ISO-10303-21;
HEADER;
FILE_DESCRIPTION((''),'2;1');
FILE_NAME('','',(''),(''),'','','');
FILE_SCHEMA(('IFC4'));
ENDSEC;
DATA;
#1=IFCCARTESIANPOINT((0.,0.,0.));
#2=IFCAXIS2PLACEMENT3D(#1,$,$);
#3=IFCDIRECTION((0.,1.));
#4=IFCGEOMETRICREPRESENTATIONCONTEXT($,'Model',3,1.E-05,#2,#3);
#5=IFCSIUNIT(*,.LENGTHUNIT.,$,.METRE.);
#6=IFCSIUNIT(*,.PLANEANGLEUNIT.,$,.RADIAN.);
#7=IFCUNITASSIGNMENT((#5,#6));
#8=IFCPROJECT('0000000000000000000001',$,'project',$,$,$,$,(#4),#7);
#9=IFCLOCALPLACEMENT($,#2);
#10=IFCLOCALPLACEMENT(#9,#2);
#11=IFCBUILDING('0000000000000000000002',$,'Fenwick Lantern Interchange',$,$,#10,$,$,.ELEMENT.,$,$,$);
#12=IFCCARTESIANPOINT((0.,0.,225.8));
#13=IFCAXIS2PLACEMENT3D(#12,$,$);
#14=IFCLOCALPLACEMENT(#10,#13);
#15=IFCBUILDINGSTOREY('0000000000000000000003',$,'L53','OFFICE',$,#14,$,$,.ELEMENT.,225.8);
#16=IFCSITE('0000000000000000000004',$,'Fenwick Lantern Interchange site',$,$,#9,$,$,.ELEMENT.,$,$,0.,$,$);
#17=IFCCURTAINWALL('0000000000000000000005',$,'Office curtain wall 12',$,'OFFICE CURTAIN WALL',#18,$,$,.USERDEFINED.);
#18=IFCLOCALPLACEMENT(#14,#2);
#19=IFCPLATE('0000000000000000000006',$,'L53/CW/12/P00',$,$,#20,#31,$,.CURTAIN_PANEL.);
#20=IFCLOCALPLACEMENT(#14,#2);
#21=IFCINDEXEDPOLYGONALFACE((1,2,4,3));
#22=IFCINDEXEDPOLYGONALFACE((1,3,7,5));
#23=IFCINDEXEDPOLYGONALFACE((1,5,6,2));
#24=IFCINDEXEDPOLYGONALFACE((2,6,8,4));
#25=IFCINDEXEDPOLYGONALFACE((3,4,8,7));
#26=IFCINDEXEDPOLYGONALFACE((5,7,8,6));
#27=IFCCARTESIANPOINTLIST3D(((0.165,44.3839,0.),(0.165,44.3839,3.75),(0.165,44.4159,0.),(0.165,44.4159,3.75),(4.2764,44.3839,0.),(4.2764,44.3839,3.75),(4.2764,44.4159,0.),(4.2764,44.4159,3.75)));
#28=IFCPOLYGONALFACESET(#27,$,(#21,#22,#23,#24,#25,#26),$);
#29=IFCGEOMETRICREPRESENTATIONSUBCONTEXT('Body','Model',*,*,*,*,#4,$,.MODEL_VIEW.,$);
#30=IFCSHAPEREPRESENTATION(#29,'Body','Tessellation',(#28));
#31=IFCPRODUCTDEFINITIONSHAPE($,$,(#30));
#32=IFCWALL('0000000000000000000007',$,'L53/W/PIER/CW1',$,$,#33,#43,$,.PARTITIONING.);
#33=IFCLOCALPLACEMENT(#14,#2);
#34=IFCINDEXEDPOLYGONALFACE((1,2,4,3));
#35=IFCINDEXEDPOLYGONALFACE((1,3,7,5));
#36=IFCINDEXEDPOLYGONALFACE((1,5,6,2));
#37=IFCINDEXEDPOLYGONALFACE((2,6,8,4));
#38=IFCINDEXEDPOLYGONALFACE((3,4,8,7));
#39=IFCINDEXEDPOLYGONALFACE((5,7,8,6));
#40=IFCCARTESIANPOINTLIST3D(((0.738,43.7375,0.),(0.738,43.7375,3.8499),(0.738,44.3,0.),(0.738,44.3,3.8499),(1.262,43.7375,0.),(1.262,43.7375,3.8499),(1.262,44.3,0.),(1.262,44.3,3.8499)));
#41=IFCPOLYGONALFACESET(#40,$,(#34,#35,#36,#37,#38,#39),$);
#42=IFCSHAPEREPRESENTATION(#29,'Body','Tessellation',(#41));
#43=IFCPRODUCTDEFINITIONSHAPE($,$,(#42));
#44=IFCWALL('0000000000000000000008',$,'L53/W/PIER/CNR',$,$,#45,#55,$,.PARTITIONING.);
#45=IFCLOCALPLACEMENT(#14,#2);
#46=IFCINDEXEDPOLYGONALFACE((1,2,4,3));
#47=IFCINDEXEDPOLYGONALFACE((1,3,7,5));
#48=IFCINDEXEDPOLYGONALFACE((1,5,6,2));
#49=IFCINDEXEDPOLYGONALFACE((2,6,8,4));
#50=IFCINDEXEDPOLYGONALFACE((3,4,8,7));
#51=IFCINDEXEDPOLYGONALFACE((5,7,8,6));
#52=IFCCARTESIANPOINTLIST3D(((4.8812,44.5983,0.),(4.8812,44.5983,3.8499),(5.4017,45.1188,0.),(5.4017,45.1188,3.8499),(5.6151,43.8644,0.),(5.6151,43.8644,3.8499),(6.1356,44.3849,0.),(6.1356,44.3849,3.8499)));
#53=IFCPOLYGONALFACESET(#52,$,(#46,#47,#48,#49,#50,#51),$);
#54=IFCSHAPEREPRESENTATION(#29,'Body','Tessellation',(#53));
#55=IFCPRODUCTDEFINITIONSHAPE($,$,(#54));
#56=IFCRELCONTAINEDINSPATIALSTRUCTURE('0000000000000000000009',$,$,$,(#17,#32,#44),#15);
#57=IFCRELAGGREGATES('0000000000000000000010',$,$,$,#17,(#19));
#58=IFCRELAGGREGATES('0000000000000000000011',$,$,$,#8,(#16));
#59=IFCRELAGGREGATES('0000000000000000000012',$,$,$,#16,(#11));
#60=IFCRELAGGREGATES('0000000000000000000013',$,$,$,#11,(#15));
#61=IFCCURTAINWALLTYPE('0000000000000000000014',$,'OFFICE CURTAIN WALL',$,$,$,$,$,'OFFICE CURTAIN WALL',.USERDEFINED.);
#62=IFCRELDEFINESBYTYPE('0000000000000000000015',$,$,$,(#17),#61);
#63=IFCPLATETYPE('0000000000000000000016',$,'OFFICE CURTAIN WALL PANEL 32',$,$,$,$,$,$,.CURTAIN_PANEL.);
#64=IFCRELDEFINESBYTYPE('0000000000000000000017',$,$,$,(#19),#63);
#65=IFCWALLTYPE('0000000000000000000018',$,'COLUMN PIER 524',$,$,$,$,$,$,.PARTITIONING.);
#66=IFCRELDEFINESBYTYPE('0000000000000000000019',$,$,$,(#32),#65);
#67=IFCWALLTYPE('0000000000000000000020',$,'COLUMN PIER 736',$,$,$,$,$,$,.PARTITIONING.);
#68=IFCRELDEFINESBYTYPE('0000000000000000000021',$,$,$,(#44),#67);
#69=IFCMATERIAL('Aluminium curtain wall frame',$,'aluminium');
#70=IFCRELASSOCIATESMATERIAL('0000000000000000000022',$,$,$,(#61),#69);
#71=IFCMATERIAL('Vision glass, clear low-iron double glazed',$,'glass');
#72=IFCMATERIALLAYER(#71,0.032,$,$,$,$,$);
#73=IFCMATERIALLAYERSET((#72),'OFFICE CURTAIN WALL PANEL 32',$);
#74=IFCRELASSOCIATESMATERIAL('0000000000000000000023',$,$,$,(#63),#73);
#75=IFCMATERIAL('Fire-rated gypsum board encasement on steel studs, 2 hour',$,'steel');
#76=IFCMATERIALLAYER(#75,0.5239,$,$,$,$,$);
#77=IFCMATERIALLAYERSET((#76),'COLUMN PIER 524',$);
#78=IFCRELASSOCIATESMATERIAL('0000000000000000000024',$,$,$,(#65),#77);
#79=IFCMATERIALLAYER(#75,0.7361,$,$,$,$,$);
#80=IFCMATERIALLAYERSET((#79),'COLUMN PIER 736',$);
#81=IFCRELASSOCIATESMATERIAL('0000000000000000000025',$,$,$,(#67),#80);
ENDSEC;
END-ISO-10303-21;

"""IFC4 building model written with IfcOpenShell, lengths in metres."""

from ifc_helpers import new_model, si_unit, direction, frame, frame_2d, origin, origin_2d, place, context, subcontext, project, spatial, rectangle, extrude, material, layer, layer_set, type_object, element, aggregate, save


model = new_model("IFC4")

# Units and contexts
model_context = context("Model", 3, precision=1e-05, world=origin(), true_north=direction((0.0, 1.0)))
body_context = subcontext(model_context, "Body", "Model", "MODEL_VIEW")
ifc_project = project(units=[si_unit("LENGTHUNIT", "METRE"), si_unit("PLANEANGLEUNIT", "RADIAN")], contexts=[model_context])

# Site, building, storey
site_placement = place(None, origin())
site = spatial("IfcSite", under=ifc_project, at=site_placement, Name="Fenwick Lantern Interchange site", CompositionType="ELEMENT", RefElevation=0.0)
building_placement = place(site_placement, origin())
building = spatial("IfcBuilding", under=site, at=building_placement, Name="Fenwick Lantern Interchange", CompositionType="ELEMENT")
storey_placement = place(building_placement, frame((0.0, 0.0, 225.8)))
storey = spatial("IfcBuildingStorey", under=building, at=storey_placement, Name="L53", Description="OFFICE", CompositionType="ELEMENT", Elevation=225.8)

# Shared definitions
ifc_material_1 = material(Name="Aluminium curtain wall frame", Category="aluminium")
curtain_wall_type = type_object("IfcCurtainWallType", Name="OFFICE CURTAIN WALL", ElementType="OFFICE CURTAIN WALL", PredefinedType="USERDEFINED", material=ifc_material_1)

# Curtain wall
curtain_wall_1_placement = place(storey_placement, origin())
curtain_wall_1 = element("IfcCurtainWall", 1, at=curtain_wall_1_placement, inside=storey, type_object=curtain_wall_type, Name="Office curtain wall 12", ObjectType="OFFICE CURTAIN WALL", PredefinedType="USERDEFINED")

# Plate
ifc_material_2 = material(Name="Vision glass, clear low-iron double glazed", Category="glass")
ifc_layer_1 = layer(ifc_material_2, 0.032)
ifc_layer_set_1 = layer_set([ifc_layer_1], Name="OFFICE CURTAIN WALL PANEL 32")
plate_type = type_object("IfcPlateType", Name="OFFICE CURTAIN WALL PANEL 32", PredefinedType="CURTAIN_PANEL", material=ifc_layer_set_1)
plate_1_placement = place(storey_placement, frame((2.2207, 44.3999, 0.0), z_axis=(0.0, 0.0, 1.0), x_axis=(-1.0, 0.0, 0.0)))
plate_1 = element("IfcPlate", 2, at=plate_1_placement, type_object=plate_type, Name="L53/CW/12/P00", PredefinedType="CURTAIN_PANEL", context=body_context, shape_type="SweptSolid", body=[
    extrude(rectangle(XDim=4.1113, YDim=0.032, at=origin_2d()), origin(), (0.0, 0.0, 1.0), 3.75),
])
aggregate(curtain_wall_1, [plate_1])

# Walls
ifc_material_3 = material(Name="Fire-rated gypsum board encasement on steel studs, 2 hour", Category="steel")
ifc_layer_2 = layer(ifc_material_3, 0.5239)
ifc_layer_set_2 = layer_set([ifc_layer_2], Name="COLUMN PIER 524")
wall_type_1 = type_object("IfcWallType", Name="COLUMN PIER 524", PredefinedType="PARTITIONING", material=ifc_layer_set_2)
wall_1_placement = place(storey_placement, frame((1.0, 44.3, 0.0), z_axis=(0.0, 0.0, 1.0), x_axis=(0.0, -1.0, 0.0)))
element("IfcWall", 3, at=wall_1_placement, inside=storey, type_object=wall_type_1, Name="L53/W/PIER/CW1", PredefinedType="PARTITIONING", context=body_context, shape_type="SweptSolid", body=[
    extrude(rectangle(XDim=0.5625, YDim=0.5239, at=frame_2d((0.2812, 0.0))), origin(), (0.0, 0.0, 1.0), 3.8499),
])
ifc_layer_3 = layer(ifc_material_3, 0.7361)
ifc_layer_set_3 = layer_set([ifc_layer_3], Name="COLUMN PIER 736")
wall_type_2 = type_object("IfcWallType", Name="COLUMN PIER 736", PredefinedType="PARTITIONING", material=ifc_layer_set_3)
wall_2_placement = place(storey_placement, frame((5.1414, 44.8586, 0.0), z_axis=(0.0, 0.0, 1.0), x_axis=(0.707107, -0.707107, 0.0)))
element("IfcWall", 4, at=wall_2_placement, inside=storey, type_object=wall_type_2, Name="L53/W/PIER/CNR", PredefinedType="PARTITIONING", context=body_context, shape_type="SweptSolid", body=[
    extrude(rectangle(XDim=1.0378, YDim=0.7361, at=frame_2d((0.519, 0.0))), origin(), (0.0, 0.0, 1.0), 3.8499),
])

save(model, "model.ifc")
